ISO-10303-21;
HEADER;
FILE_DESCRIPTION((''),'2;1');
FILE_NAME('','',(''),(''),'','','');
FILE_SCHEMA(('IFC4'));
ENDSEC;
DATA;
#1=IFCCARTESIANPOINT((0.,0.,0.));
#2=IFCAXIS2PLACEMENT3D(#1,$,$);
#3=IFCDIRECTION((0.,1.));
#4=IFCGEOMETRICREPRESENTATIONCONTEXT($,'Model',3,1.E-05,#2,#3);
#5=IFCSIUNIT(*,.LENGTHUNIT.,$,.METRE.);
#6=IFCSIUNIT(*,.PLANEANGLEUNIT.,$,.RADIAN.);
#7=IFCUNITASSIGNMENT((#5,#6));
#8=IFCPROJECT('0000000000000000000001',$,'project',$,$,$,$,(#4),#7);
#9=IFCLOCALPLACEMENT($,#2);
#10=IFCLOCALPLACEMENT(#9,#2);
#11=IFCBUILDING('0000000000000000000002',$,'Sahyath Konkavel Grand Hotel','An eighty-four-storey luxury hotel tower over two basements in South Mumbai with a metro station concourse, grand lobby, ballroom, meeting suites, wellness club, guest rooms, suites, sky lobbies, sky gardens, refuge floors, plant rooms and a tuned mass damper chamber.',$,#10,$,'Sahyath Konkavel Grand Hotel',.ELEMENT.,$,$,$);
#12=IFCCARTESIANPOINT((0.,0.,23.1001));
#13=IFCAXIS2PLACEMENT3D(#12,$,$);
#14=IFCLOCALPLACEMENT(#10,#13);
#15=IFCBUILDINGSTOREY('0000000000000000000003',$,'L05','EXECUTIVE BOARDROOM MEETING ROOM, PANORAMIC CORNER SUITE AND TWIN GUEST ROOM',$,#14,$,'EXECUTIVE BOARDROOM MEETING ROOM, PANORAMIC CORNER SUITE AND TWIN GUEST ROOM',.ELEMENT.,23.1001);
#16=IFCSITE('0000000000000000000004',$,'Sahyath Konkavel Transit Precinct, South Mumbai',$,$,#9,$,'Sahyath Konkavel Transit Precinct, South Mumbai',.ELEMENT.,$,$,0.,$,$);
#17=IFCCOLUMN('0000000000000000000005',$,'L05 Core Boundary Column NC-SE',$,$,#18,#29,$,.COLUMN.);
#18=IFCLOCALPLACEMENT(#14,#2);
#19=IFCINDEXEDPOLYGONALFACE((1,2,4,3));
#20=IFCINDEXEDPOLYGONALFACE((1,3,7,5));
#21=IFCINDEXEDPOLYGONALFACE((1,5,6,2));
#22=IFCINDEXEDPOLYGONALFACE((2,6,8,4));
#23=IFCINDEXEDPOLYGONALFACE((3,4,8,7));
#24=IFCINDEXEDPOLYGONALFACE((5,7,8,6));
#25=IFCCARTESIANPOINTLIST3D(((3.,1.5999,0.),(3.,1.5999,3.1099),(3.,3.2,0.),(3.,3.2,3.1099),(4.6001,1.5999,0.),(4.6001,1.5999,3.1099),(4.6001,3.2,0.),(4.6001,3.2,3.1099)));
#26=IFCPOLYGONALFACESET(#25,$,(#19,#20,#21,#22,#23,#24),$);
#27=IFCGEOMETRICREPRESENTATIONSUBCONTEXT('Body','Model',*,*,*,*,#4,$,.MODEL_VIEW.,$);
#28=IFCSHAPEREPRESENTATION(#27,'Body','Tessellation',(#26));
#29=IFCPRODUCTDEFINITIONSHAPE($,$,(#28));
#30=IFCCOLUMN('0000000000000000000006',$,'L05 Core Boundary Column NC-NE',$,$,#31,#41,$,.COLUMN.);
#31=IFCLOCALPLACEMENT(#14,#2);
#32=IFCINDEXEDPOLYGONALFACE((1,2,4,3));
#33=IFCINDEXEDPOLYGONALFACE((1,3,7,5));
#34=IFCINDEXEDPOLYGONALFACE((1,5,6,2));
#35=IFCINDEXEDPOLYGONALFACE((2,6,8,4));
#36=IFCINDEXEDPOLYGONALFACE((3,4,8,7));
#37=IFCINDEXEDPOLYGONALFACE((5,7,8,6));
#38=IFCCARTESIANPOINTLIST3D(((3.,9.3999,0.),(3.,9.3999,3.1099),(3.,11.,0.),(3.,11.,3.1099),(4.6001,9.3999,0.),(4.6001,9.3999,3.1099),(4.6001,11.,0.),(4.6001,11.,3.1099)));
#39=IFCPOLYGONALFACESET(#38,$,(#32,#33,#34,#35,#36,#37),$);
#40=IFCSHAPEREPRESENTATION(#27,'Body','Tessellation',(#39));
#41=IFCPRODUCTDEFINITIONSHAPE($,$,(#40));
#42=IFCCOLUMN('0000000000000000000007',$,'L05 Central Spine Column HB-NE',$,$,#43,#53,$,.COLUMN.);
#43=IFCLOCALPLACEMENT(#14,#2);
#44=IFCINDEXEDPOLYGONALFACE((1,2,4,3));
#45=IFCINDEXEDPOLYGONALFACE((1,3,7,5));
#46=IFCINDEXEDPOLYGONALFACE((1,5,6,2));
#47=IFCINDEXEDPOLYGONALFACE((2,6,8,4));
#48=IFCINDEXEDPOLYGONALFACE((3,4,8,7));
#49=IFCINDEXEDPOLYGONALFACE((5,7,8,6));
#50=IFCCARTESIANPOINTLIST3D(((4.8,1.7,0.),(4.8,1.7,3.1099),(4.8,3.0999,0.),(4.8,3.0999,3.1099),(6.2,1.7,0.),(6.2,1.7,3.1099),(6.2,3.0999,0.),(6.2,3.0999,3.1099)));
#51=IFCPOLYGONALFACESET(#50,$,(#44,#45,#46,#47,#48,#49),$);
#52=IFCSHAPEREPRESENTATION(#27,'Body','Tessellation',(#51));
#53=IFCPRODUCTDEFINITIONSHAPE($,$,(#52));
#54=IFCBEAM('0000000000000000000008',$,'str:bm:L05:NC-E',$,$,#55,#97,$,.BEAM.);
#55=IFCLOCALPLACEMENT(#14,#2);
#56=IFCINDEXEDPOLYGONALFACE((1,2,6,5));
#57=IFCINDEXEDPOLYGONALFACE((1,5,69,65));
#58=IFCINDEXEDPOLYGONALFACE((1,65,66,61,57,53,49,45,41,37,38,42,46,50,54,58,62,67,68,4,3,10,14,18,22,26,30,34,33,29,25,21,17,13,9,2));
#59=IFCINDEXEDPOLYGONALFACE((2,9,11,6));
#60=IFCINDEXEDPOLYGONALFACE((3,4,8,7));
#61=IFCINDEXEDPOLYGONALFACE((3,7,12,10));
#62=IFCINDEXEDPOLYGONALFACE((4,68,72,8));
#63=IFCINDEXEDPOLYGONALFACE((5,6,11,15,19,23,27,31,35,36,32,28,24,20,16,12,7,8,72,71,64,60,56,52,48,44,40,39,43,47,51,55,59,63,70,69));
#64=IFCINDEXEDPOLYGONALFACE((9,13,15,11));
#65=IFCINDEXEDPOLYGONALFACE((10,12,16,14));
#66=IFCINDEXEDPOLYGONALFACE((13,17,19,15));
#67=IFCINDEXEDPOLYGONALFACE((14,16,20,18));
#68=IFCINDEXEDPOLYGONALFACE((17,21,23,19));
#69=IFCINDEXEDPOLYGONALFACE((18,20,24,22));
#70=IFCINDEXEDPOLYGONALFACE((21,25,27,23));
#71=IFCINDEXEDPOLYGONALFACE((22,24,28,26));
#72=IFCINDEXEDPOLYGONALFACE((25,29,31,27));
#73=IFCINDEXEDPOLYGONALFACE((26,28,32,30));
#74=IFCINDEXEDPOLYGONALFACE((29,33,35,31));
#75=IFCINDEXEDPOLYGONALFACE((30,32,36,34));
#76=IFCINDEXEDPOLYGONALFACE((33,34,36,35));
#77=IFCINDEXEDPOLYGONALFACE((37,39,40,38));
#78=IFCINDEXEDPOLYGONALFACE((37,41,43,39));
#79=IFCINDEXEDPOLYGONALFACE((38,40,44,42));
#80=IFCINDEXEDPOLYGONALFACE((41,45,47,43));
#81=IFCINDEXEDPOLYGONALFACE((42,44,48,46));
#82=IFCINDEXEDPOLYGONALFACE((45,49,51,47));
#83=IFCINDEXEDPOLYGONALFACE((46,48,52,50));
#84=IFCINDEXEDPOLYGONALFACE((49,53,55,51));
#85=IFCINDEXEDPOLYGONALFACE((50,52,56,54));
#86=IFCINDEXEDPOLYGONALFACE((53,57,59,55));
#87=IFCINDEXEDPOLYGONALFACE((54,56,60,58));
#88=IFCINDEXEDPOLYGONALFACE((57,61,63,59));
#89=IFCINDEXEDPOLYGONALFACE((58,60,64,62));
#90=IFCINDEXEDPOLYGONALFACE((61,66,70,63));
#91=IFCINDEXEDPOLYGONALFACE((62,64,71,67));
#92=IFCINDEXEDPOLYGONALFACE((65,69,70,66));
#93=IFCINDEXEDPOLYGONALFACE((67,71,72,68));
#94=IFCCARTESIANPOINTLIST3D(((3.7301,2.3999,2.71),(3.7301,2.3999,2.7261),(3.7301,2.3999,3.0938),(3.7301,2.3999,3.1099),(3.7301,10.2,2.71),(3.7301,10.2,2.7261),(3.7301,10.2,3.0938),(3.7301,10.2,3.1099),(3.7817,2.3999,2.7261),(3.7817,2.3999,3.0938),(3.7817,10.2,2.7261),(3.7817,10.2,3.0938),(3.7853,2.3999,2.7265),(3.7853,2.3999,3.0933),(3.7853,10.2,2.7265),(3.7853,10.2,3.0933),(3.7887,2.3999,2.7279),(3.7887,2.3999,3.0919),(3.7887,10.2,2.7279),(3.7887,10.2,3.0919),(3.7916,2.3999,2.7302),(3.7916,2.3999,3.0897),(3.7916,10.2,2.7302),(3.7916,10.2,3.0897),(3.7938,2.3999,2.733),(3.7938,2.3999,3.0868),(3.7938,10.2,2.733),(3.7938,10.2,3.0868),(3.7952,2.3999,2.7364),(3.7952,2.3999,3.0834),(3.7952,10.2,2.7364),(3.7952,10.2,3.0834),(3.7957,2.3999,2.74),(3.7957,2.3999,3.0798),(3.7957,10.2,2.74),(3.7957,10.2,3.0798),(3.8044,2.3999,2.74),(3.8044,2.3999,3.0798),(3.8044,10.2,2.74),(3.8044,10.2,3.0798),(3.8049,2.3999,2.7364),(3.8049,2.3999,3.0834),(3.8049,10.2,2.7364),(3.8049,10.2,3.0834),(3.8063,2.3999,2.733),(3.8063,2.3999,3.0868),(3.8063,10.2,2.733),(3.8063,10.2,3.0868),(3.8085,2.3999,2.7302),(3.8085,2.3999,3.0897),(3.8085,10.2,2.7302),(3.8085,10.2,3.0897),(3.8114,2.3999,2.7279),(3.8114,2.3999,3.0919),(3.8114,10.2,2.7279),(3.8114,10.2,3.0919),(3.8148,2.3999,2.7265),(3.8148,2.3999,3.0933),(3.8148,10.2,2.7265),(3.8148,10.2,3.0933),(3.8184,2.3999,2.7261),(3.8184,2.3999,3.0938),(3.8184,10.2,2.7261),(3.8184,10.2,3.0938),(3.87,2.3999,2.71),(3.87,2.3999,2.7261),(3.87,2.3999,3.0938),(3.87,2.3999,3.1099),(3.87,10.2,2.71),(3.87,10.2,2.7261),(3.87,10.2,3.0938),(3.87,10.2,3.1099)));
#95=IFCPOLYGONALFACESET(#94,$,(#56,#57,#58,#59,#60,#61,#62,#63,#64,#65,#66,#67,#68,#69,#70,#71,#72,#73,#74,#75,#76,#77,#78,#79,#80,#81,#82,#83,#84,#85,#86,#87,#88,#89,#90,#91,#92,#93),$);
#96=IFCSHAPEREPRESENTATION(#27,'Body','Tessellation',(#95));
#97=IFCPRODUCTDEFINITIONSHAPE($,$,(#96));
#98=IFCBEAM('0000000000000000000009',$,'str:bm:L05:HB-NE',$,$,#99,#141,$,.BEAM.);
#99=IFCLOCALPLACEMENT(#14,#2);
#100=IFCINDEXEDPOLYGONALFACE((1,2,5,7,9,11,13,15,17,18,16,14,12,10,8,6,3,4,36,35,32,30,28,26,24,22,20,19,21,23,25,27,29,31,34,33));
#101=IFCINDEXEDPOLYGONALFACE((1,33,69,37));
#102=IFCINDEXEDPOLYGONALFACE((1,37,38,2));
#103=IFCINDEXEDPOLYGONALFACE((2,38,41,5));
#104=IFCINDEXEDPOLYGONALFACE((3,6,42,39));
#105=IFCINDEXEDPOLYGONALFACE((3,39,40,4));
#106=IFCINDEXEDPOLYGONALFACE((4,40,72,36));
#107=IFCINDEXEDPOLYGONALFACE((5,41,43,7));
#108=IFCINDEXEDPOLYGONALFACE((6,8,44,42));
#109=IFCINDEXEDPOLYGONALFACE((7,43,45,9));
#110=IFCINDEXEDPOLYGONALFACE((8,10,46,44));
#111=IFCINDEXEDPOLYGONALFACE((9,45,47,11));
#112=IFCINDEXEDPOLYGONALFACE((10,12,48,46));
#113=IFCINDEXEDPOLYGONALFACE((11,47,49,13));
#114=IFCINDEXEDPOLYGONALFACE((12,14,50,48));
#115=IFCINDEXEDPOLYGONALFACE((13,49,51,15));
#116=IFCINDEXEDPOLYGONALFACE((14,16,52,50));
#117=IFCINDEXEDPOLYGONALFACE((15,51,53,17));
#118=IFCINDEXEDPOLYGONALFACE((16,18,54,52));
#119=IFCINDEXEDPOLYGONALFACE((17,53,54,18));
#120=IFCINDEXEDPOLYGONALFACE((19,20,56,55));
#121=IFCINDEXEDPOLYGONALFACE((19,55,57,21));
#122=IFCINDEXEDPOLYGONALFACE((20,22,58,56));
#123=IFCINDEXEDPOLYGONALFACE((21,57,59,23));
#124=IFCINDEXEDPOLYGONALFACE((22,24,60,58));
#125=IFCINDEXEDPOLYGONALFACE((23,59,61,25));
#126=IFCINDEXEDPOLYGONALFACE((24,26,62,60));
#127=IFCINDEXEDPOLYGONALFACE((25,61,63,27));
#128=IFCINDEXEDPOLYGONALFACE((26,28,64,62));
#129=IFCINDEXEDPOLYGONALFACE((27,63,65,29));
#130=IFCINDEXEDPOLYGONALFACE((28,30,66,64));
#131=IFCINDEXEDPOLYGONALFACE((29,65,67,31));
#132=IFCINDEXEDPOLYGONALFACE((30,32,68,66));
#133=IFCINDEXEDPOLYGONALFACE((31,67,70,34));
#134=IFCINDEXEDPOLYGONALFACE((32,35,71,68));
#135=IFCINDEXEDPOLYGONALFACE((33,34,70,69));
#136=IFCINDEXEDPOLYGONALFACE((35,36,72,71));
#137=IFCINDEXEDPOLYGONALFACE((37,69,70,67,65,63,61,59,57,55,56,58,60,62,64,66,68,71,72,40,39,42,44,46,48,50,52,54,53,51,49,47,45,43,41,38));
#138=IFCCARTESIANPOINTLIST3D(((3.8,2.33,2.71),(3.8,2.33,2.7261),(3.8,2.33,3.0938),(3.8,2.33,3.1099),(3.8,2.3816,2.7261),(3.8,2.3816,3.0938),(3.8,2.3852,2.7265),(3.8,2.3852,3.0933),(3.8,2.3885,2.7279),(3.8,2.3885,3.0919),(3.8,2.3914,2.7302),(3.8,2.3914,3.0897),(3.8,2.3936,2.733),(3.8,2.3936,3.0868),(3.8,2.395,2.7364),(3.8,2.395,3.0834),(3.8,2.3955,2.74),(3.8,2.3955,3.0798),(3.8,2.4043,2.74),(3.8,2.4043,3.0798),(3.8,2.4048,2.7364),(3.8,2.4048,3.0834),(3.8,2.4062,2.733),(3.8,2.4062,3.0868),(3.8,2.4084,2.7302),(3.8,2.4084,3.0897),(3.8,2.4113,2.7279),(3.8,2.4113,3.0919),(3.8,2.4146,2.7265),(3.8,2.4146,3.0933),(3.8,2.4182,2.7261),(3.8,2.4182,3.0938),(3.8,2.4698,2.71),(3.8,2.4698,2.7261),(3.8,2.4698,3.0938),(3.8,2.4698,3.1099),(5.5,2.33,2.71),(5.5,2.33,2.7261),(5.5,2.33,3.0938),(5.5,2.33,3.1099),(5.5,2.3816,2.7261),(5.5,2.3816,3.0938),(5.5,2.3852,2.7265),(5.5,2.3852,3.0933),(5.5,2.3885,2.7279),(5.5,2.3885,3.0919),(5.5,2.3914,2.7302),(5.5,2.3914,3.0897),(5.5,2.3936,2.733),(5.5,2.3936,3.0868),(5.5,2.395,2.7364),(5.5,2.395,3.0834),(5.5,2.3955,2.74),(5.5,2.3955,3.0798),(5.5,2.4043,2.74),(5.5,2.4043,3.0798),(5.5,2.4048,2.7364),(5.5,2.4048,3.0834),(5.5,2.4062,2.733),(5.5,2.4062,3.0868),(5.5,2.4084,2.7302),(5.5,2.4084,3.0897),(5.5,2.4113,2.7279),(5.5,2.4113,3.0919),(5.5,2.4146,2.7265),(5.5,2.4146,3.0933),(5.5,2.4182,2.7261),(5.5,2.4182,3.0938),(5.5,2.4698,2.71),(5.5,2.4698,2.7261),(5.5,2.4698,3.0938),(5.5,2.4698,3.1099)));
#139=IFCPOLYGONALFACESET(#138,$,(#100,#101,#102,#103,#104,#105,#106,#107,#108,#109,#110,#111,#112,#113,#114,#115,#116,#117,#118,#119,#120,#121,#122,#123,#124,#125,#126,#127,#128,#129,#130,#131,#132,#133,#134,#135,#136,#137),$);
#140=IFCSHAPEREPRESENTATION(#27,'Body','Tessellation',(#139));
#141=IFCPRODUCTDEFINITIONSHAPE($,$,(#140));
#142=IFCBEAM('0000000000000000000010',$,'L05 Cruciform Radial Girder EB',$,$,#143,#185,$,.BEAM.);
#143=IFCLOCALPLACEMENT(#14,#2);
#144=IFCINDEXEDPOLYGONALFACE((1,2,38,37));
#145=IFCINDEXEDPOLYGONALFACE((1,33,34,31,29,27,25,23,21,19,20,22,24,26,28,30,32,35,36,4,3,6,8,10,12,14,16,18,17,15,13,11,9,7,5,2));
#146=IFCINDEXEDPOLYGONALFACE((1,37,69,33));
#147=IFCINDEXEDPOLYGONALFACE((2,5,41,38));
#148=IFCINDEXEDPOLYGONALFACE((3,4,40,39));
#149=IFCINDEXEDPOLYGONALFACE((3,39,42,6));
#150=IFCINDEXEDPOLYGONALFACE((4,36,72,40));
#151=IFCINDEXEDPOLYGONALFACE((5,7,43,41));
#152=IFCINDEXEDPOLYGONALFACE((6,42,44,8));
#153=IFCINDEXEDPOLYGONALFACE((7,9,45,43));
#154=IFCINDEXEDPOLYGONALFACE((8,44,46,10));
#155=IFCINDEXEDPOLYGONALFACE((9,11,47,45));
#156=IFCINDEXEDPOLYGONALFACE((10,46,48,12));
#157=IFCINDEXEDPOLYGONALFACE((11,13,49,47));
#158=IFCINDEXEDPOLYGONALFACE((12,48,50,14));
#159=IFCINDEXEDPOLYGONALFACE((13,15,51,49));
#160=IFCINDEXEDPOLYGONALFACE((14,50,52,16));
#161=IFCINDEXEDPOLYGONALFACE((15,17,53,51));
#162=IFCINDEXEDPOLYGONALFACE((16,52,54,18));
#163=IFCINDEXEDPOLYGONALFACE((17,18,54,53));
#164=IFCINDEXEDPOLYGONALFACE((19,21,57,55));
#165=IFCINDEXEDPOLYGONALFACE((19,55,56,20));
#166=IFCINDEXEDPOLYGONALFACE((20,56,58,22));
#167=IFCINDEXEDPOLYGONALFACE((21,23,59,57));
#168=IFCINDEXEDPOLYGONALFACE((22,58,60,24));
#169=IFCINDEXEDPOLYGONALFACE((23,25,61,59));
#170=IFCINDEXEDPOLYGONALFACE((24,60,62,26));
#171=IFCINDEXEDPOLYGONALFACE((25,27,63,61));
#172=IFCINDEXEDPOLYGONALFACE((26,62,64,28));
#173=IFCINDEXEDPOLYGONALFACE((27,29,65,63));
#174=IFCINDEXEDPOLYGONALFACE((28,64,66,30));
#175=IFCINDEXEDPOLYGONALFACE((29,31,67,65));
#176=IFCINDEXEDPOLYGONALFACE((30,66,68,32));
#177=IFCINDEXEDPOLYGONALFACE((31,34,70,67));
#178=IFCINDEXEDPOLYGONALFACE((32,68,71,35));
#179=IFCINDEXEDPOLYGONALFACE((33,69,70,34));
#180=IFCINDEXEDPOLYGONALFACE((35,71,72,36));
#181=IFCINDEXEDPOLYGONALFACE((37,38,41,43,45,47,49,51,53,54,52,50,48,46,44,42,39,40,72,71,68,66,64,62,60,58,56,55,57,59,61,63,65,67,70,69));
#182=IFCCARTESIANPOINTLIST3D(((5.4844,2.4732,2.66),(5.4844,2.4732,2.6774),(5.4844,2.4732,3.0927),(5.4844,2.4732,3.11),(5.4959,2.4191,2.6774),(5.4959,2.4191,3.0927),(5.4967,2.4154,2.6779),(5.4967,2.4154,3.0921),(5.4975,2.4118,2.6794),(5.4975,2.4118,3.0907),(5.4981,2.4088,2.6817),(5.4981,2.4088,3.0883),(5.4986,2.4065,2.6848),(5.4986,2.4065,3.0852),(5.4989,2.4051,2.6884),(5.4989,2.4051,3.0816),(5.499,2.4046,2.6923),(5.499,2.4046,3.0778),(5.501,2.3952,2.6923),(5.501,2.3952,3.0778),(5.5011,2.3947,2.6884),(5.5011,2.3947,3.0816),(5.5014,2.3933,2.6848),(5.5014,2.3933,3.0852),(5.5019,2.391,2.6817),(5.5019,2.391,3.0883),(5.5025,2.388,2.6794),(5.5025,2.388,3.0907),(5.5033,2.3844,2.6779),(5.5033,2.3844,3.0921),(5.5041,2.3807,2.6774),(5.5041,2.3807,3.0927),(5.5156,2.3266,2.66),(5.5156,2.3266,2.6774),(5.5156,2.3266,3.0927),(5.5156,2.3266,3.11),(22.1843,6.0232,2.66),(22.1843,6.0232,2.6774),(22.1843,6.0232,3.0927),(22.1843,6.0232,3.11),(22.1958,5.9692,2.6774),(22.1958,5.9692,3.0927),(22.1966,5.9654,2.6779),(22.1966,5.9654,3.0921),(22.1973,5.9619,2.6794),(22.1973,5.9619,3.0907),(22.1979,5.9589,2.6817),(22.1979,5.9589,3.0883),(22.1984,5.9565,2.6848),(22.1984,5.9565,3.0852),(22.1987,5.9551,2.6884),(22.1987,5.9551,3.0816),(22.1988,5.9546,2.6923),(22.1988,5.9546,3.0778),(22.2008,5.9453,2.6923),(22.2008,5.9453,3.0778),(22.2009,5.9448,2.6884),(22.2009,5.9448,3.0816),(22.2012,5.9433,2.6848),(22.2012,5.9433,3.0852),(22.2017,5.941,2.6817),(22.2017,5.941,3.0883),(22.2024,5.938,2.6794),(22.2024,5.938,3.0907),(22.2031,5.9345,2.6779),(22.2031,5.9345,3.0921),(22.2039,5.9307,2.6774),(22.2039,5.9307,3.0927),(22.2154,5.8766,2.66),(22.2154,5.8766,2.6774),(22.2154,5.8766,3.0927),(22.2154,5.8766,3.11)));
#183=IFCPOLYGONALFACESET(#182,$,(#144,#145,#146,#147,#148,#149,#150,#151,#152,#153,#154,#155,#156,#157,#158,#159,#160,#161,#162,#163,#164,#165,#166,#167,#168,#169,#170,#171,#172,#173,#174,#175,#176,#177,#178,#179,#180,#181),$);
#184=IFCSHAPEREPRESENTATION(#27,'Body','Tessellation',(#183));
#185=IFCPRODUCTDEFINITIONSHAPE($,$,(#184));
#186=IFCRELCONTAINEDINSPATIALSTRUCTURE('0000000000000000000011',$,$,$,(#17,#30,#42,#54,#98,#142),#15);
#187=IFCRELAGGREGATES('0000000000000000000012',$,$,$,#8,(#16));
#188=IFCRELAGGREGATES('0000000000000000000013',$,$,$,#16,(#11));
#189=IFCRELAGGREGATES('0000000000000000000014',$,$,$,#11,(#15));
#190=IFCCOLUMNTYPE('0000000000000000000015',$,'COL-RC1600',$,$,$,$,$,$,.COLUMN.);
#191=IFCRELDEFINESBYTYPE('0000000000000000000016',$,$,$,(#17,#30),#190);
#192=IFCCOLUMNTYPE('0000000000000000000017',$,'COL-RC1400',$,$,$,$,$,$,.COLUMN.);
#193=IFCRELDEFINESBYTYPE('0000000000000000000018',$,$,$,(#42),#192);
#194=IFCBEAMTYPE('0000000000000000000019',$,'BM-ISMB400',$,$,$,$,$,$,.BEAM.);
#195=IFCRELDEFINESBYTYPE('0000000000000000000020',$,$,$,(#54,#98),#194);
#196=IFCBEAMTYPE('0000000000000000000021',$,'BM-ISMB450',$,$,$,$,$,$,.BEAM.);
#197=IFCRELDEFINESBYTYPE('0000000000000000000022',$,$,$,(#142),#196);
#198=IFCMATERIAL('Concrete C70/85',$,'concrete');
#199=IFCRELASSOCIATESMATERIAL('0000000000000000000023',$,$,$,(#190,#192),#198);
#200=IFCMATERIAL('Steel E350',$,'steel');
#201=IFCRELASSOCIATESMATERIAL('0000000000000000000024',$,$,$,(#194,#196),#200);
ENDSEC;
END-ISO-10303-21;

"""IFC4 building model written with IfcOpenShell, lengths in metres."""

from ifc_helpers import new_model, si_unit, direction, frame, origin, origin_2d, place, context, subcontext, project, spatial, rectangle, i_section, extrude, source, transform, mapped, material, material_profile, profile_set, type_object, element, save


model = new_model("IFC4")

# Units and contexts
model_context = context("Model", 3, precision=1e-05, world=origin(), true_north=direction((0.0, 1.0)))
body_context = subcontext(model_context, "Body", "Model", "MODEL_VIEW")
ifc_project = project(units=[si_unit("LENGTHUNIT", "METRE"), si_unit("PLANEANGLEUNIT", "RADIAN")], contexts=[model_context])

# Site, building, storey
site_placement = place(None, origin())
site = spatial("IfcSite", under=ifc_project, at=site_placement, Name="Sahyath Konkavel Transit Precinct, South Mumbai", LongName="Sahyath Konkavel Transit Precinct, South Mumbai", CompositionType="ELEMENT", RefElevation=0.0)
building_placement = place(site_placement, origin())
building = spatial("IfcBuilding", under=site, at=building_placement, Name="Sahyath Konkavel Grand Hotel", Description="An eighty-four-storey luxury hotel tower over two basements in South Mumbai with a metro station concourse, grand lobby, ballroom, meeting suites, wellness club, guest rooms, suites, sky lobbies, sky gardens, refuge floors, plant rooms and a tuned mass damper chamber.", LongName="Sahyath Konkavel Grand Hotel", CompositionType="ELEMENT")
storey_placement = place(building_placement, frame((0.0, 0.0, 23.1001)))
storey = spatial("IfcBuildingStorey", under=building, at=storey_placement, Name="L05", Description="EXECUTIVE BOARDROOM MEETING ROOM, PANORAMIC CORNER SUITE AND TWIN GUEST ROOM", LongName="EXECUTIVE BOARDROOM MEETING ROOM, PANORAMIC CORNER SUITE AND TWIN GUEST ROOM", CompositionType="ELEMENT", Elevation=23.1001)

# Columns
ifc_material_1 = material(Name="Concrete C70/85", Category="concrete")
ifc_material_profile_1 = material_profile(ifc_material_1, rectangle(XDim=1.6001, YDim=1.6001, at=origin_2d()), Name="RC 1600x1600")
ifc_profile_set_1 = profile_set([ifc_material_profile_1], Name="Concrete C70/85")
column_type_1 = type_object("IfcColumnType", Name="COL-RC1600", PredefinedType="COLUMN", material=ifc_profile_set_1)
shared_shape_1 = source(origin(), body_context, "Body", "SweptSolid", [
    extrude(rectangle(XDim=1.6001, YDim=1.6001, at=origin_2d()), origin(), (0.0, 0.0, 1.0), 3.1099),
])
for number, where, z_axis, x_axis, name in (
    (1, (3.8, 2.3999, 0.0), (0.0, 0.0, 1.0), (1.0, 0.0, 0.0), "L05 Core Boundary Column NC-SE"),
    (2, (3.8, 10.2, 0.0), (0.0, 0.0, 1.0), (1.0, 0.0, 0.0), "L05 Core Boundary Column NC-NE"),
):
    element("IfcColumn", number, at=place(storey_placement, frame(where, z_axis=z_axis, x_axis=x_axis)), inside=storey, type_object=column_type_1, Name=name, PredefinedType="COLUMN", context=body_context, shape_type="MappedRepresentation", body=[
        mapped(shared_shape_1, transform((0.0, 0.0, 0.0), scale=1.0)),
    ])
ifc_material_profile_2 = material_profile(ifc_material_1, rectangle(XDim=1.3999, YDim=1.3999, at=origin_2d()), Name="RC 1400x1400")
ifc_profile_set_2 = profile_set([ifc_material_profile_2], Name="Concrete C70/85")
column_type_2 = type_object("IfcColumnType", Name="COL-RC1400", PredefinedType="COLUMN", material=ifc_profile_set_2)
shared_shape_2 = source(origin(), body_context, "Body", "SweptSolid", [
    extrude(rectangle(XDim=1.3999, YDim=1.3999, at=origin_2d()), origin(), (0.0, 0.0, 1.0), 3.1099),
])
column_placement = place(storey_placement, frame((5.5, 2.3999, 0.0), z_axis=(0.0, 0.0, 1.0), x_axis=(1.0, 0.0, 0.0)))
element("IfcColumn", 3, at=column_placement, inside=storey, type_object=column_type_2, Name="L05 Central Spine Column HB-NE", PredefinedType="COLUMN", context=body_context, shape_type="MappedRepresentation", body=[
    mapped(shared_shape_2, transform((0.0, 0.0, 0.0), scale=1.0)),
])

# Beams
ifc_material_2 = material(Name="Steel E350", Category="steel")
ifc_material_profile_3 = material_profile(ifc_material_2, i_section(OverallWidth=0.1399, OverallDepth=0.3999, WebThickness=0.0088, FlangeThickness=0.0161, FilletRadius=0.0139, at=origin_2d()), Name="ISMB 400")
ifc_profile_set_3 = profile_set([ifc_material_profile_3], Name="Steel E350")
beam_type_1 = type_object("IfcBeamType", Name="BM-ISMB400", PredefinedType="BEAM", material=ifc_profile_set_3)
shared_shape_3 = source(origin(), body_context, "Body", "SweptSolid", [
    extrude(i_section(OverallWidth=0.1399, OverallDepth=0.3999, WebThickness=0.0088, FlangeThickness=0.0161, FilletRadius=0.0139, at=origin_2d()), origin(), (0.0, 0.0, 1.0), 7.8),
])
beam_1_placement = place(storey_placement, frame((3.8, 2.3999, 2.9099), z_axis=(0.0, 1.0, 0.0), x_axis=(-1.0, 0.0, 0.0)))
element("IfcBeam", 4, at=beam_1_placement, inside=storey, type_object=beam_type_1, Name="str:bm:L05:NC-E", PredefinedType="BEAM", context=body_context, shape_type="MappedRepresentation", body=[
    mapped(shared_shape_3, transform((0.0, 0.0, 0.0), scale=1.0)),
])
shared_shape_4 = source(origin(), body_context, "Body", "SweptSolid", [
    extrude(i_section(OverallWidth=0.1399, OverallDepth=0.3999, WebThickness=0.0088, FlangeThickness=0.0161, FilletRadius=0.0139, at=origin_2d()), origin(), (0.0, 0.0, 1.0), 1.7),
])
beam_2_placement = place(storey_placement, frame((3.8, 2.3999, 2.9099), z_axis=(1.0, 0.0, 0.0), x_axis=(0.0, 1.0, 0.0)))
element("IfcBeam", 5, at=beam_2_placement, inside=storey, type_object=beam_type_1, Name="str:bm:L05:HB-NE", PredefinedType="BEAM", context=body_context, shape_type="MappedRepresentation", body=[
    mapped(shared_shape_4, transform((0.0, 0.0, 0.0), scale=1.0)),
])
ifc_material_profile_4 = material_profile(ifc_material_2, i_section(OverallWidth=0.1499, OverallDepth=0.45, WebThickness=0.0095, FlangeThickness=0.0173, FilletRadius=0.0149, at=origin_2d()), Name="ISMB 450")
ifc_profile_set_4 = profile_set([ifc_material_profile_4], Name="Steel E350")
beam_type_2 = type_object("IfcBeamType", Name="BM-ISMB450", PredefinedType="BEAM", material=ifc_profile_set_4)
shared_shape_5 = source(origin(), body_context, "Body", "SweptSolid", [
    extrude(i_section(OverallWidth=0.1499, OverallDepth=0.45, WebThickness=0.0095, FlangeThickness=0.0173, FilletRadius=0.0149, at=origin_2d()), origin(), (0.0, 0.0, 1.0), 17.073),
])
beam_3_placement = place(storey_placement, frame((5.5, 2.3999, 2.885), z_axis=(0.978143, 0.207932, 0.0), x_axis=(-0.207932, 0.978143, 0.0)))
element("IfcBeam", 6, at=beam_3_placement, inside=storey, type_object=beam_type_2, Name="L05 Cruciform Radial Girder EB", PredefinedType="BEAM", context=body_context, shape_type="MappedRepresentation", body=[
    mapped(shared_shape_5, transform((0.0, 0.0, 0.0), scale=1.0)),
])

save(model, "model.ifc")
